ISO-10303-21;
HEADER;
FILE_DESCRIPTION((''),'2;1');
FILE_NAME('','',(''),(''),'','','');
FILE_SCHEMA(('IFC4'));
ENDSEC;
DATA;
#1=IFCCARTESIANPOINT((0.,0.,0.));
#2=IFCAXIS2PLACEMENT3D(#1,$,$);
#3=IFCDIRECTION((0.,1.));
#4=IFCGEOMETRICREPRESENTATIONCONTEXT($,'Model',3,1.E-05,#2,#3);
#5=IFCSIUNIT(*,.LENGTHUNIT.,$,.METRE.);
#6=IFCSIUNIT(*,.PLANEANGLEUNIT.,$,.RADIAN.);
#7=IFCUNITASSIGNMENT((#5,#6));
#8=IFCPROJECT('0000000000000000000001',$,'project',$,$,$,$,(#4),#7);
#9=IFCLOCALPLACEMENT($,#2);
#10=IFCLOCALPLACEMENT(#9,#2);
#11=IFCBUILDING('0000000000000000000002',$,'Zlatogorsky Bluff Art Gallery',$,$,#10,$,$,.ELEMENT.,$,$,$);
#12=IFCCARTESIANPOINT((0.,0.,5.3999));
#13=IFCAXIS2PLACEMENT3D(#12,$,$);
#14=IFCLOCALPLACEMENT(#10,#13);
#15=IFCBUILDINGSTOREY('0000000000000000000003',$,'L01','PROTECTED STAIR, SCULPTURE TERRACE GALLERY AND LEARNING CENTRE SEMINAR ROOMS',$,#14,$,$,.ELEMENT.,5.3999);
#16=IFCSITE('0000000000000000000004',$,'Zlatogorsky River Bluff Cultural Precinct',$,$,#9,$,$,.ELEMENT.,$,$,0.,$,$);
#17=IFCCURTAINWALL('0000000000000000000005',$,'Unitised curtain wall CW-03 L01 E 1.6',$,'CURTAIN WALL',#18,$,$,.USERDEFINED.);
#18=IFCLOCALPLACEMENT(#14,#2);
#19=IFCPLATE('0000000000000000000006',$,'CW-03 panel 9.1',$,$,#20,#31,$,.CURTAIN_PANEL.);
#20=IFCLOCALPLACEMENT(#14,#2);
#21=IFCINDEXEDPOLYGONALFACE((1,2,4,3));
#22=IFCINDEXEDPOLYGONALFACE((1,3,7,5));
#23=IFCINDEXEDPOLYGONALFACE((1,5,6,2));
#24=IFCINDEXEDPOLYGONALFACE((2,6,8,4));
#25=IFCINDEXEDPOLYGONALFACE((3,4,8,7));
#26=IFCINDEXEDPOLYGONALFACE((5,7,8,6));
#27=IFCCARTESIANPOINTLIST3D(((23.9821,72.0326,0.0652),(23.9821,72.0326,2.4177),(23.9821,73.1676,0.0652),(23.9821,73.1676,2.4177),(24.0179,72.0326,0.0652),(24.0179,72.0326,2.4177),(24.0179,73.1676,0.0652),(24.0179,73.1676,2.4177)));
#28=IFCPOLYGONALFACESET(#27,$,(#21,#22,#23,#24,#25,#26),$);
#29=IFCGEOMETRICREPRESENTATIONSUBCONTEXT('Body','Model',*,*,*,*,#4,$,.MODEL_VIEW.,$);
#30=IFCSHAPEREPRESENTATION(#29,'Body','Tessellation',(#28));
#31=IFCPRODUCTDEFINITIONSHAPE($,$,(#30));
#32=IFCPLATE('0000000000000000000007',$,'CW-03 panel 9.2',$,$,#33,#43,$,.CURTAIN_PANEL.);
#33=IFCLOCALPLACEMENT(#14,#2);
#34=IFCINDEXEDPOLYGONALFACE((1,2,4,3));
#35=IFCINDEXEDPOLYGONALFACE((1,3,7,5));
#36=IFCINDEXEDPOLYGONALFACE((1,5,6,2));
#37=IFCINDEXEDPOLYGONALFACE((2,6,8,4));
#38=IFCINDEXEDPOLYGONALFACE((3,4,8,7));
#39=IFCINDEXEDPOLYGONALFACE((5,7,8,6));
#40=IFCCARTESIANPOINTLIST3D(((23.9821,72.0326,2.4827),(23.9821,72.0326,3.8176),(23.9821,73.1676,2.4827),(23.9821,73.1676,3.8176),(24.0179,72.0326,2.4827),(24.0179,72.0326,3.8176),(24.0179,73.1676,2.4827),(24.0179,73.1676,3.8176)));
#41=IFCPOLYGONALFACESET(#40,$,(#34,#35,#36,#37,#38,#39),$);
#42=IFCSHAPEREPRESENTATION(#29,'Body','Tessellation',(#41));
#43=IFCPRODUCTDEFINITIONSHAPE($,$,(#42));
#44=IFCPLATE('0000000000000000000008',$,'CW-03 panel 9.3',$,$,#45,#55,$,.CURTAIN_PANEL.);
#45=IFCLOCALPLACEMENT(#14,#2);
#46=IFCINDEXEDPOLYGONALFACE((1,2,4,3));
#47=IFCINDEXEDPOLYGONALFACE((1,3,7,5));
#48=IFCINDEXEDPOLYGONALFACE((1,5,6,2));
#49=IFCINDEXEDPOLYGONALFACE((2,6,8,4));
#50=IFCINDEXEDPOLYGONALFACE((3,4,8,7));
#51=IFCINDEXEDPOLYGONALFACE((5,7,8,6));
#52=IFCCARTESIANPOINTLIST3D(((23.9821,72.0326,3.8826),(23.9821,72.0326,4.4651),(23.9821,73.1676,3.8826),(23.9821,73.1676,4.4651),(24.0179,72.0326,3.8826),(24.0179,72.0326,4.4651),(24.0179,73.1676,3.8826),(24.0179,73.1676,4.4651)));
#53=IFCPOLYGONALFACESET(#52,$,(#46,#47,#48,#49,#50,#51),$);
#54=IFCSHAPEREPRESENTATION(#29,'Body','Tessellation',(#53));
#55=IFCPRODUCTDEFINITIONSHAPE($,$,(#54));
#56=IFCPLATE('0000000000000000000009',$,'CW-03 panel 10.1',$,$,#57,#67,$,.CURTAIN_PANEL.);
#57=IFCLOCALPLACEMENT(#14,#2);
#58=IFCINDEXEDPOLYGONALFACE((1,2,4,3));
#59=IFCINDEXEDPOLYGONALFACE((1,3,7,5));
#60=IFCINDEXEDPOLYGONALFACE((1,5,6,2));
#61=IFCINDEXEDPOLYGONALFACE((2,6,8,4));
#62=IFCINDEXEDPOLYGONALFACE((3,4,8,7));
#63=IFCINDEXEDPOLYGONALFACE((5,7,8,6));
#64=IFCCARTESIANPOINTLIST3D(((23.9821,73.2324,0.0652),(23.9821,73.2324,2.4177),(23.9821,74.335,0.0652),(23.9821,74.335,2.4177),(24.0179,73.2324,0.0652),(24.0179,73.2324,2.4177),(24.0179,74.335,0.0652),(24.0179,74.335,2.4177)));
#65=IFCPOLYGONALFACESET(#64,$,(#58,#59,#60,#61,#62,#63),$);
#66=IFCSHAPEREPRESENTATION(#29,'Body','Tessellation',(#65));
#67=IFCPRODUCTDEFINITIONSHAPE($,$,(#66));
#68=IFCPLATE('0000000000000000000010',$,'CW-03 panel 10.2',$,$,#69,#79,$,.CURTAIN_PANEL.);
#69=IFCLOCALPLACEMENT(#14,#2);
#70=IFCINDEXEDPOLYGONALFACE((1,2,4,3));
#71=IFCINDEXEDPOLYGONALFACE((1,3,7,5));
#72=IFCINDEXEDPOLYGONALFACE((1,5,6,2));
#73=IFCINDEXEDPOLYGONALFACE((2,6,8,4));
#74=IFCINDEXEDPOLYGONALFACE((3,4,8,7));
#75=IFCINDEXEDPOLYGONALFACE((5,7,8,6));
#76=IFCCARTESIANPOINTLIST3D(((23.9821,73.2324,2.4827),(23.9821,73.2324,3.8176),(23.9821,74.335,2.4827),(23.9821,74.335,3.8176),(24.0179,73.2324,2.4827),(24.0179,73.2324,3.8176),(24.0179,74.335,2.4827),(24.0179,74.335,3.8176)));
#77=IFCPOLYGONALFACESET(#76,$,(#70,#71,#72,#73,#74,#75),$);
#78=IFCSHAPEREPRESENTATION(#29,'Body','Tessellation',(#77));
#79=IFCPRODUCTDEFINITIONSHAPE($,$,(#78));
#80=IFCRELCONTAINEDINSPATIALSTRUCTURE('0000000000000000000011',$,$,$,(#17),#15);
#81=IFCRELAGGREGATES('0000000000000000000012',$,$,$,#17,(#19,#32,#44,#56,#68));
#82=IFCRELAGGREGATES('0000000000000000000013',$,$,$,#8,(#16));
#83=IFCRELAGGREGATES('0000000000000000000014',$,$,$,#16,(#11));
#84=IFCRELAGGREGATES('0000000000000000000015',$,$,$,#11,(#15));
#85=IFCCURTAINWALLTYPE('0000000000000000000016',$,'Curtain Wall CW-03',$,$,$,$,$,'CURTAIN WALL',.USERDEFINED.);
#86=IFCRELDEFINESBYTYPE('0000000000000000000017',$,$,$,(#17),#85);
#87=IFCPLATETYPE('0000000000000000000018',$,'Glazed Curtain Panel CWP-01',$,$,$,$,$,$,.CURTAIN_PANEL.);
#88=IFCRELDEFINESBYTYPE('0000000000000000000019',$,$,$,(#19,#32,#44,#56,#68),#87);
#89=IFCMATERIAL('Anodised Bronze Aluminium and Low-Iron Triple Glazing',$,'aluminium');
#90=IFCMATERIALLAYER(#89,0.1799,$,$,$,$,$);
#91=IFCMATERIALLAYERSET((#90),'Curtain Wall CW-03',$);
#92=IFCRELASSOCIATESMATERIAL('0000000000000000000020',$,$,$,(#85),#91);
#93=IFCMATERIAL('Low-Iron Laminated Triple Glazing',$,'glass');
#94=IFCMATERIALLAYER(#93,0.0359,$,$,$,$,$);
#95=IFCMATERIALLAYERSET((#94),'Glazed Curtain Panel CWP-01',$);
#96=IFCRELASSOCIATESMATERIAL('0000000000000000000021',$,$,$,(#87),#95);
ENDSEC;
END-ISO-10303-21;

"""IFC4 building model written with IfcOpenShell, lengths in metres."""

from ifc_helpers import new_model, si_unit, direction, frame, origin, origin_2d, place, context, subcontext, project, spatial, rectangle, extrude, material, layer, layer_set, type_object, element, aggregate, save


model = new_model("IFC4")

# Units and contexts
model_context = context("Model", 3, precision=1e-05, world=origin(), true_north=direction((0.0, 1.0)))
body_context = subcontext(model_context, "Body", "Model", "MODEL_VIEW")
ifc_project = project(units=[si_unit("LENGTHUNIT", "METRE"), si_unit("PLANEANGLEUNIT", "RADIAN")], contexts=[model_context])

# Site, building, storey
site_placement = place(None, origin())
site = spatial("IfcSite", under=ifc_project, at=site_placement, Name="Zlatogorsky River Bluff Cultural Precinct", CompositionType="ELEMENT", RefElevation=0.0)
building_placement = place(site_placement, origin())
building = spatial("IfcBuilding", under=site, at=building_placement, Name="Zlatogorsky Bluff Art Gallery", CompositionType="ELEMENT")
storey_placement = place(building_placement, frame((0.0, 0.0, 5.3999)))
storey = spatial("IfcBuildingStorey", under=building, at=storey_placement, Name="L01", Description="PROTECTED STAIR, SCULPTURE TERRACE GALLERY AND LEARNING CENTRE SEMINAR ROOMS", CompositionType="ELEMENT", Elevation=5.3999)

# Curtain wall, plates
ifc_material_1 = material(Name="Anodised Bronze Aluminium and Low-Iron Triple Glazing", Category="aluminium")
ifc_layer_1 = layer(ifc_material_1, 0.1799)
ifc_layer_set_1 = layer_set([ifc_layer_1], Name="Curtain Wall CW-03")
curtain_wall_type = type_object("IfcCurtainWallType", Name="Curtain Wall CW-03", ElementType="CURTAIN WALL", PredefinedType="USERDEFINED", material=ifc_layer_set_1)
curtain_wall_placement = place(storey_placement, origin())
curtain_wall = element("IfcCurtainWall", 1, at=curtain_wall_placement, inside=storey, type_object=curtain_wall_type, Name="Unitised curtain wall CW-03 L01 E 1.6", ObjectType="CURTAIN WALL", PredefinedType="USERDEFINED")
ifc_material_2 = material(Name="Low-Iron Laminated Triple Glazing", Category="glass")
ifc_layer_2 = layer(ifc_material_2, 0.0359)
ifc_layer_set_2 = layer_set([ifc_layer_2], Name="Glazed Curtain Panel CWP-01")
plate_type = type_object("IfcPlateType", Name="Glazed Curtain Panel CWP-01", PredefinedType="CURTAIN_PANEL", material=ifc_layer_set_2)
plate_1_placement = place(storey_placement, frame((24.0, 72.6001, 0.0652), z_axis=(0.0, 0.0, 1.0), x_axis=(0.0, 1.0, 0.0)))
plate_1 = element("IfcPlate", 2, at=plate_1_placement, type_object=plate_type, Name="CW-03 panel 9.1", PredefinedType="CURTAIN_PANEL", context=body_context, shape_type="SweptSolid", body=[
    extrude(rectangle(XDim=1.135, YDim=0.0359, at=origin_2d()), origin(), (0.0, 0.0, 1.0), 2.3525),
])
plate_2_placement = place(storey_placement, frame((24.0, 72.6001, 2.4827), z_axis=(0.0, 0.0, 1.0), x_axis=(0.0, 1.0, 0.0)))
plate_2 = element("IfcPlate", 3, at=plate_2_placement, type_object=plate_type, Name="CW-03 panel 9.2", PredefinedType="CURTAIN_PANEL", context=body_context, shape_type="SweptSolid", body=[
    extrude(rectangle(XDim=1.135, YDim=0.0359, at=origin_2d()), origin(), (0.0, 0.0, 1.0), 1.335),
])
plate_3_placement = place(storey_placement, frame((24.0, 72.6001, 3.8826), z_axis=(0.0, 0.0, 1.0), x_axis=(0.0, 1.0, 0.0)))
plate_3 = element("IfcPlate", 4, at=plate_3_placement, type_object=plate_type, Name="CW-03 panel 9.3", PredefinedType="CURTAIN_PANEL", context=body_context, shape_type="SweptSolid", body=[
    extrude(rectangle(XDim=1.135, YDim=0.0359, at=origin_2d()), origin(), (0.0, 0.0, 1.0), 0.5825),
])
plate_4_placement = place(storey_placement, frame((24.0, 73.7837, 0.0652), z_axis=(0.0, 0.0, 1.0), x_axis=(0.0, 1.0, 0.0)))
plate_4 = element("IfcPlate", 5, at=plate_4_placement, type_object=plate_type, Name="CW-03 panel 10.1", PredefinedType="CURTAIN_PANEL", context=body_context, shape_type="SweptSolid", body=[
    extrude(rectangle(XDim=1.1025, YDim=0.0359, at=origin_2d()), origin(), (0.0, 0.0, 1.0), 2.3525),
])
plate_5_placement = place(storey_placement, frame((24.0, 73.7837, 2.4827), z_axis=(0.0, 0.0, 1.0), x_axis=(0.0, 1.0, 0.0)))
plate_5 = element("IfcPlate", 6, at=plate_5_placement, type_object=plate_type, Name="CW-03 panel 10.2", PredefinedType="CURTAIN_PANEL", context=body_context, shape_type="SweptSolid", body=[
    extrude(rectangle(XDim=1.1025, YDim=0.0359, at=origin_2d()), origin(), (0.0, 0.0, 1.0), 1.335),
])
aggregate(curtain_wall, [plate_1, plate_2, plate_3, plate_4, plate_5])

save(model, "model.ifc")
